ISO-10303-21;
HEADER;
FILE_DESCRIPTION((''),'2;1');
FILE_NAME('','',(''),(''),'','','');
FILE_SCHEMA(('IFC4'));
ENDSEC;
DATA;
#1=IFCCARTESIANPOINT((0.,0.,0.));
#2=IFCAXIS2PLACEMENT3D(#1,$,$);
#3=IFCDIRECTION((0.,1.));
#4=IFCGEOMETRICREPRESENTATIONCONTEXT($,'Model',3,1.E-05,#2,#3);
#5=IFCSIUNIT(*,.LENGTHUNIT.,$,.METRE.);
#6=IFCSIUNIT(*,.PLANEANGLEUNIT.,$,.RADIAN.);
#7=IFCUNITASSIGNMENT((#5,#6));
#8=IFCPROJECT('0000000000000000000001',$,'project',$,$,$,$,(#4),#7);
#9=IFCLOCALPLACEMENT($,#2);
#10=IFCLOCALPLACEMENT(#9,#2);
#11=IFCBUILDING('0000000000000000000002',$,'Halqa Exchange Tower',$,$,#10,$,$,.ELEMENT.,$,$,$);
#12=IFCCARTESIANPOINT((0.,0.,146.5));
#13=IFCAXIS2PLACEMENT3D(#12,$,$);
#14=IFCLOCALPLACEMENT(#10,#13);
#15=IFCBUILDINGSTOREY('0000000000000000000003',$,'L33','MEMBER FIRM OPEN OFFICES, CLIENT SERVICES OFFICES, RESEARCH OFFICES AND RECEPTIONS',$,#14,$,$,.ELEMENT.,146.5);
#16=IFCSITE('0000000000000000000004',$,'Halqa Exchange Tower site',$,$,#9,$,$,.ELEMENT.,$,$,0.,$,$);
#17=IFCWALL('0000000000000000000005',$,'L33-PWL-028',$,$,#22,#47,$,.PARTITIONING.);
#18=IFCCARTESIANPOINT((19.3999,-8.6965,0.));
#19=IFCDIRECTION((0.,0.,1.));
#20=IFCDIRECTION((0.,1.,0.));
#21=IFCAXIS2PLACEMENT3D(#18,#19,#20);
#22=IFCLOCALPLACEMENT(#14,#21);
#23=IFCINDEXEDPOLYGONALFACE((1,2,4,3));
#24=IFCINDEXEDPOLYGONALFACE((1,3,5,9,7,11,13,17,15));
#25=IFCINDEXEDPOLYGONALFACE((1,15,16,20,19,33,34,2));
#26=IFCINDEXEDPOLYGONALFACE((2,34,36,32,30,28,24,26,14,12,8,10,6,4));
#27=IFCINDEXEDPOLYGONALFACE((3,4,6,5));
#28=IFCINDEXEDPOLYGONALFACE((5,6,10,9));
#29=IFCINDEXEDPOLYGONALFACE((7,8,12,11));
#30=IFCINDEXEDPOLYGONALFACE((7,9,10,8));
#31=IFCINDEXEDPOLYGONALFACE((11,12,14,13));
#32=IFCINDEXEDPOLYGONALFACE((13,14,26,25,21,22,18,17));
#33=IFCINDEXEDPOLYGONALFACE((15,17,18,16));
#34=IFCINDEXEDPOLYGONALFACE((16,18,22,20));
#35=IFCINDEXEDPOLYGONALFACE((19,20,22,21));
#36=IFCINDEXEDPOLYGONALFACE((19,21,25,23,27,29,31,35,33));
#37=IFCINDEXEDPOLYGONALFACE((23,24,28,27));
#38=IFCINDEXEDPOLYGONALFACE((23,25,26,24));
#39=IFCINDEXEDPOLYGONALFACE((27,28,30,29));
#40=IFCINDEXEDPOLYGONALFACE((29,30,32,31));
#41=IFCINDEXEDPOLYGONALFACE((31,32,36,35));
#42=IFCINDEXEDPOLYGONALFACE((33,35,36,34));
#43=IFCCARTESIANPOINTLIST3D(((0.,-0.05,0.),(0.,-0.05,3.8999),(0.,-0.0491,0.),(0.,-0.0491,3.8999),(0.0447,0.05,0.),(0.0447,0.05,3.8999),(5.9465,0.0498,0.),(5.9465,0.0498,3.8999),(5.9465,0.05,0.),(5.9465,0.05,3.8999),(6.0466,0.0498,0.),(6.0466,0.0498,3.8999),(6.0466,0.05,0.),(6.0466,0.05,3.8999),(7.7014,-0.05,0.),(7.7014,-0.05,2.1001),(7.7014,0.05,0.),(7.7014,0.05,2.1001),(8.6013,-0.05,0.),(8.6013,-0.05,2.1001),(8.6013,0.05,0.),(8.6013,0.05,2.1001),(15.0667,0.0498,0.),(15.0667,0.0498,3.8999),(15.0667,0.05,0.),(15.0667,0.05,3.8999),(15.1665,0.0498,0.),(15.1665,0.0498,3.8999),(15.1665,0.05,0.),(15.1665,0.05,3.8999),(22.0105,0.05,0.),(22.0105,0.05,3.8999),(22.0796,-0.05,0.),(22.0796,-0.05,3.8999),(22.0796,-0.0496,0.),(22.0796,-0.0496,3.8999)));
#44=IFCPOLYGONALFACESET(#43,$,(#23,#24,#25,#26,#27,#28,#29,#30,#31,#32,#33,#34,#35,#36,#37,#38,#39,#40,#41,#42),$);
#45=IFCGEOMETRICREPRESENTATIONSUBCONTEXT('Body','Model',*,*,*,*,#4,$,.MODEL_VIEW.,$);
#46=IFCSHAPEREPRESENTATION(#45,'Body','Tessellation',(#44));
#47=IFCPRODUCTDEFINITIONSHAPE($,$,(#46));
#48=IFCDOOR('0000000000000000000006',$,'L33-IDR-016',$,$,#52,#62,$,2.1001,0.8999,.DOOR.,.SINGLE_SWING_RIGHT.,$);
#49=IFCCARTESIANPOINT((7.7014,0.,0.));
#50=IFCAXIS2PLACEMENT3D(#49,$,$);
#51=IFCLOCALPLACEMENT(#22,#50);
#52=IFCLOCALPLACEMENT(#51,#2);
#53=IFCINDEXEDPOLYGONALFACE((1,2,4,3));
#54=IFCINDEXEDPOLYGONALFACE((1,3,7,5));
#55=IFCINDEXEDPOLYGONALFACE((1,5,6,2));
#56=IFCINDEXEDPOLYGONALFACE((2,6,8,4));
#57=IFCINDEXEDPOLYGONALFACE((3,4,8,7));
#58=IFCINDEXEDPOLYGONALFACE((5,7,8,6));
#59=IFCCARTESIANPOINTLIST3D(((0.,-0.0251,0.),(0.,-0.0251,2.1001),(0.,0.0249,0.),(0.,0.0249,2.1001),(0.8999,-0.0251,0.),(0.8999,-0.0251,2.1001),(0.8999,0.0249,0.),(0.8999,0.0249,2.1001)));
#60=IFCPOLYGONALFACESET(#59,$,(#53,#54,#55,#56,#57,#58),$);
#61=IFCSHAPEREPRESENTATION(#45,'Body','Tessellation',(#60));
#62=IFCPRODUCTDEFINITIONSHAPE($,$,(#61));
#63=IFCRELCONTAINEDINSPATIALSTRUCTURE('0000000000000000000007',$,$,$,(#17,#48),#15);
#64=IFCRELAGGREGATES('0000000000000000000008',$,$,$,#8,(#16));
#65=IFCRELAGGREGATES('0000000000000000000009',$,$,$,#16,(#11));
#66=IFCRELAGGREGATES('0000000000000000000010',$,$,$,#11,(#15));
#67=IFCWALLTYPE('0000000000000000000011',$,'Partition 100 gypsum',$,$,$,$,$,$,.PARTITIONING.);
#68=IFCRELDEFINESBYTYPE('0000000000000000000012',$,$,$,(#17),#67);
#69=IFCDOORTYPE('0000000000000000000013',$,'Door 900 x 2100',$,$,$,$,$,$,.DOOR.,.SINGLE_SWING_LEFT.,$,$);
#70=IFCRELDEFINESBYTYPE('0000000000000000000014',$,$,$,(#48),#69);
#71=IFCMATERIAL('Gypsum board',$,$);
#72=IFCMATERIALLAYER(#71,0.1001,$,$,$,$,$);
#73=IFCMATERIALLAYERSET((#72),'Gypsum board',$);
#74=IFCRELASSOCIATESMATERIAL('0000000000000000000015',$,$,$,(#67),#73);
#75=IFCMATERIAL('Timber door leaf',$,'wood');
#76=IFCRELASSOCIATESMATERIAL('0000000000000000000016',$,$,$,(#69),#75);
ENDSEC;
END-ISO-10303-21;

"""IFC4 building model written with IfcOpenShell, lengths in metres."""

from ifc_helpers import new_model, si_unit, direction, frame, frame_2d, origin, place, context, subcontext, project, spatial, polyline, rectangle, outline, extrude, material, layer, layer_set, type_object, element, fill, save


model = new_model("IFC4")

# Units and contexts
model_context = context("Model", 3, precision=1e-05, world=origin(), true_north=direction((0.0, 1.0)))
body_context = subcontext(model_context, "Body", "Model", "MODEL_VIEW")
ifc_project = project(units=[si_unit("LENGTHUNIT", "METRE"), si_unit("PLANEANGLEUNIT", "RADIAN")], contexts=[model_context])

# Site, building, storey
site_placement = place(None, origin())
site = spatial("IfcSite", under=ifc_project, at=site_placement, Name="Halqa Exchange Tower site", CompositionType="ELEMENT", RefElevation=0.0)
building_placement = place(site_placement, origin())
building = spatial("IfcBuilding", under=site, at=building_placement, Name="Halqa Exchange Tower", CompositionType="ELEMENT")
storey_placement = place(building_placement, frame((0.0, 0.0, 146.5)))
storey = spatial("IfcBuildingStorey", under=building, at=storey_placement, Name="L33", Description="MEMBER FIRM OPEN OFFICES, CLIENT SERVICES OFFICES, RESEARCH OFFICES AND RECEPTIONS", CompositionType="ELEMENT", Elevation=146.5)

# Shared definitions
ifc_material_1 = material(Name="Gypsum board")
ifc_layer_1 = layer(ifc_material_1, 0.1001)
ifc_layer_set_1 = layer_set([ifc_layer_1], Name="Gypsum board")
wall_type_1 = type_object("IfcWallType", Name="Partition 100 gypsum", PredefinedType="PARTITIONING", material=ifc_layer_set_1)

# Wall, opening, door
wall_1_placement = place(storey_placement, frame((19.3999, -8.6965, 0.0), z_axis=(0.0, 0.0, 1.0), x_axis=(0.0, 1.0, 0.0)))
wall_1 = element("IfcWall", 1, at=wall_1_placement, inside=storey, type_object=wall_type_1, Name="L33-PWL-028", PredefinedType="PARTITIONING", context=body_context, shape_type="SweptSolid", body=[
    extrude(outline(polyline([(22.0796, -0.05), (22.0796, -0.0496), (22.0105, 0.05), (20.2996, 0.05), (18.5886, 0.05), (16.8774, 0.05), (15.1665, 0.05), (15.1665, 0.0498), (15.0667, 0.0498), (15.0667, 0.05), (13.2625, 0.05), (11.4585, 0.05), (9.6545, 0.05), (7.8506, 0.05), (6.0466, 0.05), (6.0466, 0.0498), (5.9465, 0.0498), (5.9465, 0.05), (3.9792, 0.05), (2.012, 0.05), (0.0447, 0.05), (0.0, -0.0491), (0.0, -0.05), (1.8398, -0.05), (3.6799, -0.05), (5.52, -0.05), (7.3599, -0.05), (9.1997, -0.05), (11.0398, -0.05), (12.8799, -0.05), (14.7197, -0.05), (16.5596, -0.05), (18.3997, -0.05), (20.2397, -0.05), (22.0796, -0.05)])), origin(), (0.0, 0.0, 1.0), 3.8999),
])
opening_1_placement = place(wall_1_placement, frame((7.7014, 0.0, 0.0)))
opening_1 = element("IfcOpeningElement", 2, at=opening_1_placement, cuts=wall_1, PredefinedType="OPENING", context=body_context, shape_type="SweptSolid", body=[
    extrude(rectangle(XDim=0.8999, YDim=2.1001, at=frame_2d((0.45, 1.05))), frame((0.0, 0.062, 0.0), z_axis=(0.0, -1.0, 0.0), x_axis=(1.0, 0.0, 0.0)), (0.0, 0.0, 1.0), 0.124),
])
ifc_material_2 = material(Name="Timber door leaf", Category="wood")
door_type_1 = type_object("IfcDoorType", Name="Door 900 x 2100", OperationType="SINGLE_SWING_LEFT", PredefinedType="DOOR", material=ifc_material_2)
door_1_placement = place(opening_1_placement, origin())
door_1 = element("IfcDoor", 3, at=door_1_placement, inside=storey, type_object=door_type_1, Name="L33-IDR-016", OperationType="SINGLE_SWING_RIGHT", OverallHeight=2.1001, OverallWidth=0.8999, PredefinedType="DOOR", context=body_context, shape_type="SweptSolid", body=[
    extrude(rectangle(XDim=0.8999, YDim=2.1001, at=frame_2d((0.45, 1.05))), frame((0.0, 0.0249, 0.0), z_axis=(0.0, -1.0, 0.0), x_axis=(1.0, 0.0, 0.0)), (0.0, 0.0, 1.0), 0.05),
])
fill(opening_1, door_1)

save(model, "model.ifc")
